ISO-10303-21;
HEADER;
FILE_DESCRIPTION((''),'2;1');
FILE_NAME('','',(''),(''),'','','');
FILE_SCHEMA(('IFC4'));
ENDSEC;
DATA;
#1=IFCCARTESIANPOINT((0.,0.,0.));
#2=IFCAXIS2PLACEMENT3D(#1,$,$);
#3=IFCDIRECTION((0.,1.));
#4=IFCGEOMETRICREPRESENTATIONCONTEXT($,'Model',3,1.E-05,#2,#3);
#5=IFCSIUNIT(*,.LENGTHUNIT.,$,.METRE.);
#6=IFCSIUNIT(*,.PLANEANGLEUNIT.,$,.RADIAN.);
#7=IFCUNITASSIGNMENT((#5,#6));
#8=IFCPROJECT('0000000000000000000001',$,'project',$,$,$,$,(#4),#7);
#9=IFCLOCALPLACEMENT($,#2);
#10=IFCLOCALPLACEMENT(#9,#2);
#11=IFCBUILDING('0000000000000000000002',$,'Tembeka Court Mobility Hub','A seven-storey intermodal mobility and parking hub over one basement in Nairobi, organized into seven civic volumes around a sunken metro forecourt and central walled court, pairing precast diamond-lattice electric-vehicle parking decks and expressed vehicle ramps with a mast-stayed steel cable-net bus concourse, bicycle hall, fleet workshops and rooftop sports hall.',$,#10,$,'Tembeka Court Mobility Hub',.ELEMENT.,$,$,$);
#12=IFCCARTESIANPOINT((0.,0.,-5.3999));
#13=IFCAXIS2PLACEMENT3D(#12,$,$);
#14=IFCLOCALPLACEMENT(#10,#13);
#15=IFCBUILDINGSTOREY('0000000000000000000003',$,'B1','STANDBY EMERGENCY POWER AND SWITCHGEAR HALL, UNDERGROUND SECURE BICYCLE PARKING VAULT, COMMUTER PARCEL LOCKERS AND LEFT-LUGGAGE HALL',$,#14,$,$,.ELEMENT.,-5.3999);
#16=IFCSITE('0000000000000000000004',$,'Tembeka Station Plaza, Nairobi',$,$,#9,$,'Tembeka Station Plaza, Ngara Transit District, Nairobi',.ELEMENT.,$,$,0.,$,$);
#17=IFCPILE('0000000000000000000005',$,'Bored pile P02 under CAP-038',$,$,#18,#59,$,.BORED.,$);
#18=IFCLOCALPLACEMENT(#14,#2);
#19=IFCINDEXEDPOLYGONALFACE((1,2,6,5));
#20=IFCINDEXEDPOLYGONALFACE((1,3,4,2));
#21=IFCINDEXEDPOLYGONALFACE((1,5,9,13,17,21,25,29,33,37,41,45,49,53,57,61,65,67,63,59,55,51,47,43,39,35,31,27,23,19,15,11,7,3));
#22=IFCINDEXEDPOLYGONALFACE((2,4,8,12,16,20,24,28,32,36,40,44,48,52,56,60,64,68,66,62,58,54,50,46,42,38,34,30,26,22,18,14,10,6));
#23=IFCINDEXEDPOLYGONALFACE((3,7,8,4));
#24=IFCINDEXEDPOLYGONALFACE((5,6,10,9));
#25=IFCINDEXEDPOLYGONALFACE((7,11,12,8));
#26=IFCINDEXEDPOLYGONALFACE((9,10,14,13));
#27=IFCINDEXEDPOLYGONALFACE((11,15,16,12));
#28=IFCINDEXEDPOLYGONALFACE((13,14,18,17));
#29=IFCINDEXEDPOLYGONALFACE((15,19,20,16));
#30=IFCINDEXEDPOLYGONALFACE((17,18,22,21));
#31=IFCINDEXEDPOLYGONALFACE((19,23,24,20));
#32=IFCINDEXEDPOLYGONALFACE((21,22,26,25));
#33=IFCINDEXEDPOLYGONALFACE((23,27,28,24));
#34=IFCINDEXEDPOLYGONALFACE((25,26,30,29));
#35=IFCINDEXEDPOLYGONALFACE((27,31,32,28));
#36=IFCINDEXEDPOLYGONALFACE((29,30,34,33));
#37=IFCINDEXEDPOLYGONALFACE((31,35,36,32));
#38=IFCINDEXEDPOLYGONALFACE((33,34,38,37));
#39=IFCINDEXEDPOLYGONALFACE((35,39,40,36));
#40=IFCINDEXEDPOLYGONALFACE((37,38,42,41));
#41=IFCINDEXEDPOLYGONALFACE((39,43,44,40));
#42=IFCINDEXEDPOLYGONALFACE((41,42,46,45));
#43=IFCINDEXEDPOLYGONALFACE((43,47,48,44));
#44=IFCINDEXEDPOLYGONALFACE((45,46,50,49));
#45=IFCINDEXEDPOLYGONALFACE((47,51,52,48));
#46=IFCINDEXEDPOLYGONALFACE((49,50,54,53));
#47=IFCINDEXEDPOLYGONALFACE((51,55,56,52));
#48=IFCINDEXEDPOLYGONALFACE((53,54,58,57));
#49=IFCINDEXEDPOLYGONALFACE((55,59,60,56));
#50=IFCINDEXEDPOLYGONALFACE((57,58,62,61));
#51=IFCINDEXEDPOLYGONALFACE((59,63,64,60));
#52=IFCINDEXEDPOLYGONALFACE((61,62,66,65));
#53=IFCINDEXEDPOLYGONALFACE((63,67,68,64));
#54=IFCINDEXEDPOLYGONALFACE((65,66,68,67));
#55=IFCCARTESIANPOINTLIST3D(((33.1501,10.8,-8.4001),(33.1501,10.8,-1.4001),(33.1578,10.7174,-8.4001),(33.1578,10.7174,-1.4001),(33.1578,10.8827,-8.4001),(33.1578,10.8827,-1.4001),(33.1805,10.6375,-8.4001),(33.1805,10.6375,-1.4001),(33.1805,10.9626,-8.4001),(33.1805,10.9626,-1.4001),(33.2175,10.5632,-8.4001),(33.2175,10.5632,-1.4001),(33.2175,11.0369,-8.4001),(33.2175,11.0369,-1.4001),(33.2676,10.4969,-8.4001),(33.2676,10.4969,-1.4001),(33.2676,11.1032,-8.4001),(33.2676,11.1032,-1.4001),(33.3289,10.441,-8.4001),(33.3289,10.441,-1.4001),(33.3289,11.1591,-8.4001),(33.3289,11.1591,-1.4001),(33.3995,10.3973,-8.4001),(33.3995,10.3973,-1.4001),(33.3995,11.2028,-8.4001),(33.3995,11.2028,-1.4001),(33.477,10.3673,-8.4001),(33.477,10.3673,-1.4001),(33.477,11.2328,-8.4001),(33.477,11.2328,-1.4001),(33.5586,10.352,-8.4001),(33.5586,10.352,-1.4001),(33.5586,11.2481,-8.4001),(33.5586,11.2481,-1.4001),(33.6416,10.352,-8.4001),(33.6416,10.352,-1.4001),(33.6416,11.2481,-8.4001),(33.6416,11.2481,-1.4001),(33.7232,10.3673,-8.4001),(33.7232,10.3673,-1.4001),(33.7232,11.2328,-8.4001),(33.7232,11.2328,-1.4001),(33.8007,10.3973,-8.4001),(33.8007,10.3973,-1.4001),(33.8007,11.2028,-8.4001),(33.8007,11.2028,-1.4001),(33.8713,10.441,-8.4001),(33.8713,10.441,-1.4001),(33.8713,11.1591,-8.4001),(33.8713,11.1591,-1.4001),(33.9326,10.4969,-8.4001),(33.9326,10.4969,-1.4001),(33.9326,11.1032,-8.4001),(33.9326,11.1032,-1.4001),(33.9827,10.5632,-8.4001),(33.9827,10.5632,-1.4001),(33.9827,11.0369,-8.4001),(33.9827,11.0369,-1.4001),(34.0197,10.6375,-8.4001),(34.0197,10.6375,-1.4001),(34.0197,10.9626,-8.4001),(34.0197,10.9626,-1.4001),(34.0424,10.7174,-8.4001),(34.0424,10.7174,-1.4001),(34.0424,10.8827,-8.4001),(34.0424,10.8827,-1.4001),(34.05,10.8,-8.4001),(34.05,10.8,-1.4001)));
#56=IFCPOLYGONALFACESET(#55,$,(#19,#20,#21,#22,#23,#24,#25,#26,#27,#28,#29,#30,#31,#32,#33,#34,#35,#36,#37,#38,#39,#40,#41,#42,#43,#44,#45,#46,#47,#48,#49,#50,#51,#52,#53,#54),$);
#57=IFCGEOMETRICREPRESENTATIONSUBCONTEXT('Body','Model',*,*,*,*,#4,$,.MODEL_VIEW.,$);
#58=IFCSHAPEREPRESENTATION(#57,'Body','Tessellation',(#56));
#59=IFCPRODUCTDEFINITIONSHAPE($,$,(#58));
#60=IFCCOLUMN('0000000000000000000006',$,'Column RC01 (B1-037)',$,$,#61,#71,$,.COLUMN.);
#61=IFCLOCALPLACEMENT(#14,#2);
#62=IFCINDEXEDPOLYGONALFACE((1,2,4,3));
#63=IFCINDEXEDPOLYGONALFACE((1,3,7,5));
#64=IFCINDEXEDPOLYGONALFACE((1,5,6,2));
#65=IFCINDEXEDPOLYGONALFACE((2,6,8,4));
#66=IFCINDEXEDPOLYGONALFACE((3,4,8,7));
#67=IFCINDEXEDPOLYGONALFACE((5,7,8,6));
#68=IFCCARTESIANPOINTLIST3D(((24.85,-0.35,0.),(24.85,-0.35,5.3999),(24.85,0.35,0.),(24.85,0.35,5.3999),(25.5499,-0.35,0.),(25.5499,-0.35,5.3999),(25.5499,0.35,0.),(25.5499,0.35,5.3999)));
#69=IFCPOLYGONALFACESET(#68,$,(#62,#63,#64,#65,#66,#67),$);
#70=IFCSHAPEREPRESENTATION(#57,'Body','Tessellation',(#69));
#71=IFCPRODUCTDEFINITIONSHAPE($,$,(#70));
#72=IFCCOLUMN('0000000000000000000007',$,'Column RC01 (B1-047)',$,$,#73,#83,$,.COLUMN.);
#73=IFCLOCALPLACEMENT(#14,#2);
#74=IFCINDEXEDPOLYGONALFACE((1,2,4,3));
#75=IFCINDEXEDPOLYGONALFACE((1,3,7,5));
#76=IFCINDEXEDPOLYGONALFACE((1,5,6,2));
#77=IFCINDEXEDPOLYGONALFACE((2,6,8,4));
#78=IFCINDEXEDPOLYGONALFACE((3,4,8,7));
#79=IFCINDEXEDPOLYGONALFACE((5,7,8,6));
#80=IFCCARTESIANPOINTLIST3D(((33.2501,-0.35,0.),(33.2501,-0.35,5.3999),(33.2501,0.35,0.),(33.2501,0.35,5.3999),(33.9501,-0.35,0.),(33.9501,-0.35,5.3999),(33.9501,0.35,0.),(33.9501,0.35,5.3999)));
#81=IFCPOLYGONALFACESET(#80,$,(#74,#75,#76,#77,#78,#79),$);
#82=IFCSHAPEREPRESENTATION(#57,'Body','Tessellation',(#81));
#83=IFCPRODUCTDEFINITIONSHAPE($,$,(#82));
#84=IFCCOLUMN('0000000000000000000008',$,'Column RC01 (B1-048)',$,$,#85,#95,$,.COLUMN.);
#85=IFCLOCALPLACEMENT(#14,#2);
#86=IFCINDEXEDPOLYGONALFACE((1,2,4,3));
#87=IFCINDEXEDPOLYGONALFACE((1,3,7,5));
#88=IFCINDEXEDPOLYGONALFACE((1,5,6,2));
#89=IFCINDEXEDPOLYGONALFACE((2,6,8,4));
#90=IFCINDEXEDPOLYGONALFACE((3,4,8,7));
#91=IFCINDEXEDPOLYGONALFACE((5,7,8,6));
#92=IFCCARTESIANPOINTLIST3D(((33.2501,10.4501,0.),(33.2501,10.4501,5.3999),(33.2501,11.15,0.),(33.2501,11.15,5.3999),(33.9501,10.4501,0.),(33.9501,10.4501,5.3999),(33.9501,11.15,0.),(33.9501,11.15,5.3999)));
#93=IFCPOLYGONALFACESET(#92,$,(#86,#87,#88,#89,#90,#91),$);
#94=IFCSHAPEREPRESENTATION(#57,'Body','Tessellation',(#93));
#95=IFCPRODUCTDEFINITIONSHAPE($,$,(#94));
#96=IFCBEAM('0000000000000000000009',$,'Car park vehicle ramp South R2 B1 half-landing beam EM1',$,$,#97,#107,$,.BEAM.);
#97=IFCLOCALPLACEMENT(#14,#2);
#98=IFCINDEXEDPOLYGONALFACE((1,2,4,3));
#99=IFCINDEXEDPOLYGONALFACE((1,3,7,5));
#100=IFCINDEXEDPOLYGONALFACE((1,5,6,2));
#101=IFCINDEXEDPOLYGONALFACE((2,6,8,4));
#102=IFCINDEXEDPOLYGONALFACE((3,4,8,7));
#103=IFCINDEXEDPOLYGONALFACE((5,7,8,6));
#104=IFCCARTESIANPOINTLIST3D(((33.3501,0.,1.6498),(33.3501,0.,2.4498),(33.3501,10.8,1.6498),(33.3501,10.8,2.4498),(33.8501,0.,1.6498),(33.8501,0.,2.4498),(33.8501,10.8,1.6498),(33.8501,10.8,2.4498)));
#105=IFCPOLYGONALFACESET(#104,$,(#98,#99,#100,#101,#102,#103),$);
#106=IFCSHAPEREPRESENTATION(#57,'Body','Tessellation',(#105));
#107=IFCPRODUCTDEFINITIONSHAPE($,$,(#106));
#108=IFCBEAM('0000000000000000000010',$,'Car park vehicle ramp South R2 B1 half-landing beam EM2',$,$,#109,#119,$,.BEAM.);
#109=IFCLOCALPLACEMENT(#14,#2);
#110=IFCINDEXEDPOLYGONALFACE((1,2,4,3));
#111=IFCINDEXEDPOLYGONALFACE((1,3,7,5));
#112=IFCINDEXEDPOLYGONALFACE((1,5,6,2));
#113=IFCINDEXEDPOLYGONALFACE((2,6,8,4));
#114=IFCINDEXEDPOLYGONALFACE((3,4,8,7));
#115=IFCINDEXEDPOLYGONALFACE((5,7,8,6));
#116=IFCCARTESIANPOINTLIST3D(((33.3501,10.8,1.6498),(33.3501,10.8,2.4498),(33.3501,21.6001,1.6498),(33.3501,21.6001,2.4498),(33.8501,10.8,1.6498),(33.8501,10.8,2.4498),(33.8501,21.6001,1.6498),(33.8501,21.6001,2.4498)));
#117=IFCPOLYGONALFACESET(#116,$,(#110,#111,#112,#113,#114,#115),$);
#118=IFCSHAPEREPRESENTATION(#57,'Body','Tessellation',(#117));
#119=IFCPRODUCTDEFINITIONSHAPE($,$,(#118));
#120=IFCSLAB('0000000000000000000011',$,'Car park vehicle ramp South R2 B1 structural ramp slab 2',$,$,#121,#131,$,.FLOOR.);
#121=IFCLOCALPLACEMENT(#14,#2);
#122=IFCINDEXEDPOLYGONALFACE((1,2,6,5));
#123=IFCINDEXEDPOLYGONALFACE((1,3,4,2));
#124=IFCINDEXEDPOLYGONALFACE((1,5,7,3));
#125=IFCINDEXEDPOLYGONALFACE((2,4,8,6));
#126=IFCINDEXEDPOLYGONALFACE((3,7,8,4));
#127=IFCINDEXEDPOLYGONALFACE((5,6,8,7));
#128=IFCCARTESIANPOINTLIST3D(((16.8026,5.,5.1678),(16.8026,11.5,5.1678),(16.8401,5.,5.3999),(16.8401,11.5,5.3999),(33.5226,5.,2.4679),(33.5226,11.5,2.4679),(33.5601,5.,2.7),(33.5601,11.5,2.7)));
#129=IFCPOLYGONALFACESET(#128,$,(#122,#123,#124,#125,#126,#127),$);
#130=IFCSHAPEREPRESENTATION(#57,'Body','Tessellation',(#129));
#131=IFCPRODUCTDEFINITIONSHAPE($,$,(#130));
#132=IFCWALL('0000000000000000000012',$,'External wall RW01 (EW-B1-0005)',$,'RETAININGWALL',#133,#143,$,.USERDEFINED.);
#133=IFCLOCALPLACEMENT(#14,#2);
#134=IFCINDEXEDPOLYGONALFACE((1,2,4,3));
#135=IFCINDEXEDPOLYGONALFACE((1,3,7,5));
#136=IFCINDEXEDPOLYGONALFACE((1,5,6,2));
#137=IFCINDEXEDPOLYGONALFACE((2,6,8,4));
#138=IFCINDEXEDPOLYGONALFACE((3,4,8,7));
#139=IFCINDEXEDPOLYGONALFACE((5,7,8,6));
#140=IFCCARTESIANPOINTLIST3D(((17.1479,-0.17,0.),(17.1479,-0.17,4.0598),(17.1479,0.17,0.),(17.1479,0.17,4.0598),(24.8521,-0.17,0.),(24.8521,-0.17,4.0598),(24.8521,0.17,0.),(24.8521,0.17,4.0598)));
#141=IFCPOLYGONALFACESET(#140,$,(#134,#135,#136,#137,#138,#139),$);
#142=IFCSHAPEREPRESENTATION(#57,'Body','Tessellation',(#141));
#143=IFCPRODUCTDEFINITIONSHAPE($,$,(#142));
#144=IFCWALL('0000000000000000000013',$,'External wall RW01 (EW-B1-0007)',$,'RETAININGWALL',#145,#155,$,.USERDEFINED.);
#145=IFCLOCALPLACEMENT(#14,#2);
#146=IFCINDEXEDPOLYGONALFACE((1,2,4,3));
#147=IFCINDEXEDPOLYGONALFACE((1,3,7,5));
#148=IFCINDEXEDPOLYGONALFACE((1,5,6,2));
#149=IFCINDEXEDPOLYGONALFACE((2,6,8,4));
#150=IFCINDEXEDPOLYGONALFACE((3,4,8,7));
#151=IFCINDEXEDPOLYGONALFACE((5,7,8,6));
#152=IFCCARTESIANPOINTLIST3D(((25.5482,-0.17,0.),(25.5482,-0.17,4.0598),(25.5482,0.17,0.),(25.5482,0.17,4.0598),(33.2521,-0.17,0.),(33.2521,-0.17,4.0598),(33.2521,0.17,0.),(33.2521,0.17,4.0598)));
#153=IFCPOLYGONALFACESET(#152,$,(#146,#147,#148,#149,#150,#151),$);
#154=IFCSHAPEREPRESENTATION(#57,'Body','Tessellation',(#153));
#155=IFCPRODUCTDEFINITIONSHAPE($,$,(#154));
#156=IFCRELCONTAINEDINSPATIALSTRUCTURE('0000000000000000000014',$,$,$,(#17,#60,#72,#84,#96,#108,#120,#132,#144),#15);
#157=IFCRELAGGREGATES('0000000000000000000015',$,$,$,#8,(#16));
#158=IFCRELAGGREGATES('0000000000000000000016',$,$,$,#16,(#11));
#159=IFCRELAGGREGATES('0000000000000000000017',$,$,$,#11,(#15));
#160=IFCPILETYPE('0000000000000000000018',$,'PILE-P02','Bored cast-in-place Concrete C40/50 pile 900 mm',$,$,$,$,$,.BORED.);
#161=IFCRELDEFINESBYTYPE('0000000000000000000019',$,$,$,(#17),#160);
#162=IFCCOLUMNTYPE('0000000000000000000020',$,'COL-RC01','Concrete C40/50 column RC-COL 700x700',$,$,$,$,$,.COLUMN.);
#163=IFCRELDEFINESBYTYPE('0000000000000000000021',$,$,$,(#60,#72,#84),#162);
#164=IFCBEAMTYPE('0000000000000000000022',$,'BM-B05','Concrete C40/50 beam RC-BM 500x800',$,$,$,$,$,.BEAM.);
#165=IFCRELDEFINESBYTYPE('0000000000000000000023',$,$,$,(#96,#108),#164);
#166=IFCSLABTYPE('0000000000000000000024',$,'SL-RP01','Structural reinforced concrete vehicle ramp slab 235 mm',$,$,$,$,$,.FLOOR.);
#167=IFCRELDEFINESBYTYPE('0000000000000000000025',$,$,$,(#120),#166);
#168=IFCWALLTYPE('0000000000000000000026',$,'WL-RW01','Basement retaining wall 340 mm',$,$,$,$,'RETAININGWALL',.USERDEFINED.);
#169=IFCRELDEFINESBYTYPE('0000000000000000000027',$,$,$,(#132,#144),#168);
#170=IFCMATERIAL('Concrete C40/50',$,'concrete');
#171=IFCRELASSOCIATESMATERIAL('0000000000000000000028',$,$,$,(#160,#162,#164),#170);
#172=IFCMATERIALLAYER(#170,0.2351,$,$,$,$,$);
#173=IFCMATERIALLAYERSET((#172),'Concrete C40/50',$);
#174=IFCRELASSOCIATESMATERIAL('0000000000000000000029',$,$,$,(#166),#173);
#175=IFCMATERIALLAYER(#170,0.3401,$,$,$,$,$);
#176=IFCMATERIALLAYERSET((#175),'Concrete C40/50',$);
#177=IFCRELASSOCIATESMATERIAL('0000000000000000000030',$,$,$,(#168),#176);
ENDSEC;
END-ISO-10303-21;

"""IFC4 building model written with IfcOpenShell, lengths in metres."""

from ifc_helpers import new_model, si_unit, direction, frame, frame_2d, origin, origin_2d, place, context, subcontext, project, spatial, polyline, rectangle, circle, outline, extrude, material, layer, layer_set, material_profile, profile_set, type_object, element, save


model = new_model("IFC4")

# Units and contexts
model_context = context("Model", 3, precision=1e-05, world=origin(), true_north=direction((0.0, 1.0)))
body_context = subcontext(model_context, "Body", "Model", "MODEL_VIEW")
ifc_project = project(units=[si_unit("LENGTHUNIT", "METRE"), si_unit("PLANEANGLEUNIT", "RADIAN")], contexts=[model_context])

# Site, building, storey
site_placement = place(None, origin())
site = spatial("IfcSite", under=ifc_project, at=site_placement, Name="Tembeka Station Plaza, Nairobi", LongName="Tembeka Station Plaza, Ngara Transit District, Nairobi", CompositionType="ELEMENT", RefElevation=0.0)
building_placement = place(site_placement, origin())
building = spatial("IfcBuilding", under=site, at=building_placement, Name="Tembeka Court Mobility Hub", Description="A seven-storey intermodal mobility and parking hub over one basement in Nairobi, organized into seven civic volumes around a sunken metro forecourt and central walled court, pairing precast diamond-lattice electric-vehicle parking decks and expressed vehicle ramps with a mast-stayed steel cable-net bus concourse, bicycle hall, fleet workshops and rooftop sports hall.", LongName="Tembeka Court Mobility Hub", CompositionType="ELEMENT")
storey_placement = place(building_placement, frame((0.0, 0.0, -5.3999)))
storey = spatial("IfcBuildingStorey", under=building, at=storey_placement, Name="B1", Description="STANDBY EMERGENCY POWER AND SWITCHGEAR HALL, UNDERGROUND SECURE BICYCLE PARKING VAULT, COMMUTER PARCEL LOCKERS AND LEFT-LUGGAGE HALL", CompositionType="ELEMENT", Elevation=-5.3999)

# Shared definitions
ifc_material_1 = material(Name="Concrete C40/50", Category="concrete")

# Pile
ifc_material_profile_1 = material_profile(ifc_material_1, circle(Radius=0.45, at=origin_2d()), Name="PILE D900")
ifc_profile_set_1 = profile_set([ifc_material_profile_1], Name="Concrete C40/50")
pile_type = type_object("IfcPileType", Name="PILE-P02", Description="Bored cast-in-place Concrete C40/50 pile 900 mm", PredefinedType="BORED", material=ifc_profile_set_1)
for number, where, z_axis, x_axis, name in (
    (1, (33.6001, 10.8, -1.4001), (0.0, 0.0, -1.0), (1.0, 0.0, 0.0), "Bored pile P02 under CAP-038"),
):
    element("IfcPile", number, at=place(storey_placement, frame(where, z_axis=z_axis, x_axis=x_axis)), inside=storey, type_object=pile_type, Name=name, PredefinedType="BORED", context=body_context, shape_type="SweptSolid", body=[
        extrude(circle(Radius=0.45, at=origin_2d()), origin(), (0.0, 0.0, 1.0), 7.0),
    ])

# Columns
ifc_material_profile_2 = material_profile(ifc_material_1, rectangle(XDim=0.7, YDim=0.7, at=origin_2d()), Name="RC-COL 700x700")
ifc_profile_set_2 = profile_set([ifc_material_profile_2], Name="Concrete C40/50")
column_type = type_object("IfcColumnType", Name="COL-RC01", Description="Concrete C40/50 column RC-COL 700x700", PredefinedType="COLUMN", material=ifc_profile_set_2)
for number, where, z_axis, x_axis, name in (
    (2, (25.2, 0.0, 0.0), (0.0, 0.0, 1.0), (1.0, 0.0, 0.0), "Column RC01 (B1-037)"),
    (3, (33.6001, 0.0, 0.0), (0.0, 0.0, 1.0), (1.0, 0.0, 0.0), "Column RC01 (B1-047)"),
    (4, (33.6001, 10.8, 0.0), (0.0, 0.0, 1.0), (1.0, 0.0, 0.0), "Column RC01 (B1-048)"),
):
    element("IfcColumn", number, at=place(storey_placement, frame(where, z_axis=z_axis, x_axis=x_axis)), inside=storey, type_object=column_type, Name=name, PredefinedType="COLUMN", context=body_context, shape_type="SweptSolid", body=[
        extrude(rectangle(XDim=0.7, YDim=0.7, at=origin_2d()), origin(), (0.0, 0.0, 1.0), 5.3999),
    ])

# Beams
ifc_material_profile_3 = material_profile(ifc_material_1, rectangle(XDim=0.5, YDim=0.8, at=origin_2d()), Name="RC-BM 500x800")
ifc_profile_set_3 = profile_set([ifc_material_profile_3], Name="Concrete C40/50")
beam_type = type_object("IfcBeamType", Name="BM-B05", Description="Concrete C40/50 beam RC-BM 500x800", PredefinedType="BEAM", material=ifc_profile_set_3)
for number, where, z_axis, x_axis, name in (
    (5, (33.6001, 0.0, 2.0498), (0.0, 1.0, 0.0), (-1.0, 0.0, 0.0), "Car park vehicle ramp South R2 B1 half-landing beam EM1"),
    (6, (33.6001, 10.8, 2.0498), (0.0, 1.0, 0.0), (-1.0, 0.0, 0.0), "Car park vehicle ramp South R2 B1 half-landing beam EM2"),
):
    element("IfcBeam", number, at=place(storey_placement, frame(where, z_axis=z_axis, x_axis=x_axis)), inside=storey, type_object=beam_type, Name=name, PredefinedType="BEAM", context=body_context, shape_type="SweptSolid", body=[
        extrude(rectangle(XDim=0.5, YDim=0.8, at=origin_2d()), origin(), (0.0, 0.0, 1.0), 10.8),
    ])

# Slab
ifc_layer_1 = layer(ifc_material_1, 0.2351)
ifc_layer_set_1 = layer_set([ifc_layer_1], Name="Concrete C40/50")
slab_type = type_object("IfcSlabType", Name="SL-RP01", Description="Structural reinforced concrete vehicle ramp slab 235 mm", PredefinedType="FLOOR", material=ifc_layer_set_1)
slab_placement = place(storey_placement, frame((33.5601, 5.0, 2.7), z_axis=(0.159416, 0.0, 0.987212), x_axis=(-0.987212, 0.0, 0.159416)))
element("IfcSlab", 7, at=slab_placement, inside=storey, type_object=slab_type, Name="Car park vehicle ramp South R2 B1 structural ramp slab 2", PredefinedType="FLOOR", context=body_context, shape_type="SweptSolid", body=[
    extrude(outline(polyline([(0.0, 0.0), (16.9366, 0.0), (16.9366, -6.5), (0.0, -6.5), (0.0, 0.0)])), origin(), (0.0, 0.0, -1.0), 0.2351),
])

# Walls
ifc_layer_2 = layer(ifc_material_1, 0.3401)
ifc_layer_set_2 = layer_set([ifc_layer_2], Name="Concrete C40/50")
wall_type = type_object("IfcWallType", Name="WL-RW01", Description="Basement retaining wall 340 mm", ElementType="RETAININGWALL", PredefinedType="USERDEFINED", material=ifc_layer_set_2)
wall_1_placement = place(storey_placement, frame((17.1479, 0.0, 0.0), z_axis=(0.0, 0.0, 1.0), x_axis=(1.0, 0.0, 0.0)))
element("IfcWall", 8, at=wall_1_placement, inside=storey, type_object=wall_type, Name="External wall RW01 (EW-B1-0005)", ObjectType="RETAININGWALL", PredefinedType="USERDEFINED", context=body_context, shape_type="SweptSolid", body=[
    extrude(rectangle(XDim=7.7041, YDim=0.3401, at=frame_2d((3.8521, 0.0))), origin(), (0.0, 0.0, 1.0), 4.0598),
])
wall_2_placement = place(storey_placement, frame((25.5481, 0.0, 0.0), z_axis=(0.0, 0.0, 1.0), x_axis=(1.0, 0.0, 0.0)))
element("IfcWall", 9, at=wall_2_placement, inside=storey, type_object=wall_type, Name="External wall RW01 (EW-B1-0007)", ObjectType="RETAININGWALL", PredefinedType="USERDEFINED", context=body_context, shape_type="SweptSolid", body=[
    extrude(rectangle(XDim=7.7039, YDim=0.3401, at=frame_2d((3.8521, 0.0))), origin(), (0.0, 0.0, 1.0), 4.0598),
])

save(model, "model.ifc")
